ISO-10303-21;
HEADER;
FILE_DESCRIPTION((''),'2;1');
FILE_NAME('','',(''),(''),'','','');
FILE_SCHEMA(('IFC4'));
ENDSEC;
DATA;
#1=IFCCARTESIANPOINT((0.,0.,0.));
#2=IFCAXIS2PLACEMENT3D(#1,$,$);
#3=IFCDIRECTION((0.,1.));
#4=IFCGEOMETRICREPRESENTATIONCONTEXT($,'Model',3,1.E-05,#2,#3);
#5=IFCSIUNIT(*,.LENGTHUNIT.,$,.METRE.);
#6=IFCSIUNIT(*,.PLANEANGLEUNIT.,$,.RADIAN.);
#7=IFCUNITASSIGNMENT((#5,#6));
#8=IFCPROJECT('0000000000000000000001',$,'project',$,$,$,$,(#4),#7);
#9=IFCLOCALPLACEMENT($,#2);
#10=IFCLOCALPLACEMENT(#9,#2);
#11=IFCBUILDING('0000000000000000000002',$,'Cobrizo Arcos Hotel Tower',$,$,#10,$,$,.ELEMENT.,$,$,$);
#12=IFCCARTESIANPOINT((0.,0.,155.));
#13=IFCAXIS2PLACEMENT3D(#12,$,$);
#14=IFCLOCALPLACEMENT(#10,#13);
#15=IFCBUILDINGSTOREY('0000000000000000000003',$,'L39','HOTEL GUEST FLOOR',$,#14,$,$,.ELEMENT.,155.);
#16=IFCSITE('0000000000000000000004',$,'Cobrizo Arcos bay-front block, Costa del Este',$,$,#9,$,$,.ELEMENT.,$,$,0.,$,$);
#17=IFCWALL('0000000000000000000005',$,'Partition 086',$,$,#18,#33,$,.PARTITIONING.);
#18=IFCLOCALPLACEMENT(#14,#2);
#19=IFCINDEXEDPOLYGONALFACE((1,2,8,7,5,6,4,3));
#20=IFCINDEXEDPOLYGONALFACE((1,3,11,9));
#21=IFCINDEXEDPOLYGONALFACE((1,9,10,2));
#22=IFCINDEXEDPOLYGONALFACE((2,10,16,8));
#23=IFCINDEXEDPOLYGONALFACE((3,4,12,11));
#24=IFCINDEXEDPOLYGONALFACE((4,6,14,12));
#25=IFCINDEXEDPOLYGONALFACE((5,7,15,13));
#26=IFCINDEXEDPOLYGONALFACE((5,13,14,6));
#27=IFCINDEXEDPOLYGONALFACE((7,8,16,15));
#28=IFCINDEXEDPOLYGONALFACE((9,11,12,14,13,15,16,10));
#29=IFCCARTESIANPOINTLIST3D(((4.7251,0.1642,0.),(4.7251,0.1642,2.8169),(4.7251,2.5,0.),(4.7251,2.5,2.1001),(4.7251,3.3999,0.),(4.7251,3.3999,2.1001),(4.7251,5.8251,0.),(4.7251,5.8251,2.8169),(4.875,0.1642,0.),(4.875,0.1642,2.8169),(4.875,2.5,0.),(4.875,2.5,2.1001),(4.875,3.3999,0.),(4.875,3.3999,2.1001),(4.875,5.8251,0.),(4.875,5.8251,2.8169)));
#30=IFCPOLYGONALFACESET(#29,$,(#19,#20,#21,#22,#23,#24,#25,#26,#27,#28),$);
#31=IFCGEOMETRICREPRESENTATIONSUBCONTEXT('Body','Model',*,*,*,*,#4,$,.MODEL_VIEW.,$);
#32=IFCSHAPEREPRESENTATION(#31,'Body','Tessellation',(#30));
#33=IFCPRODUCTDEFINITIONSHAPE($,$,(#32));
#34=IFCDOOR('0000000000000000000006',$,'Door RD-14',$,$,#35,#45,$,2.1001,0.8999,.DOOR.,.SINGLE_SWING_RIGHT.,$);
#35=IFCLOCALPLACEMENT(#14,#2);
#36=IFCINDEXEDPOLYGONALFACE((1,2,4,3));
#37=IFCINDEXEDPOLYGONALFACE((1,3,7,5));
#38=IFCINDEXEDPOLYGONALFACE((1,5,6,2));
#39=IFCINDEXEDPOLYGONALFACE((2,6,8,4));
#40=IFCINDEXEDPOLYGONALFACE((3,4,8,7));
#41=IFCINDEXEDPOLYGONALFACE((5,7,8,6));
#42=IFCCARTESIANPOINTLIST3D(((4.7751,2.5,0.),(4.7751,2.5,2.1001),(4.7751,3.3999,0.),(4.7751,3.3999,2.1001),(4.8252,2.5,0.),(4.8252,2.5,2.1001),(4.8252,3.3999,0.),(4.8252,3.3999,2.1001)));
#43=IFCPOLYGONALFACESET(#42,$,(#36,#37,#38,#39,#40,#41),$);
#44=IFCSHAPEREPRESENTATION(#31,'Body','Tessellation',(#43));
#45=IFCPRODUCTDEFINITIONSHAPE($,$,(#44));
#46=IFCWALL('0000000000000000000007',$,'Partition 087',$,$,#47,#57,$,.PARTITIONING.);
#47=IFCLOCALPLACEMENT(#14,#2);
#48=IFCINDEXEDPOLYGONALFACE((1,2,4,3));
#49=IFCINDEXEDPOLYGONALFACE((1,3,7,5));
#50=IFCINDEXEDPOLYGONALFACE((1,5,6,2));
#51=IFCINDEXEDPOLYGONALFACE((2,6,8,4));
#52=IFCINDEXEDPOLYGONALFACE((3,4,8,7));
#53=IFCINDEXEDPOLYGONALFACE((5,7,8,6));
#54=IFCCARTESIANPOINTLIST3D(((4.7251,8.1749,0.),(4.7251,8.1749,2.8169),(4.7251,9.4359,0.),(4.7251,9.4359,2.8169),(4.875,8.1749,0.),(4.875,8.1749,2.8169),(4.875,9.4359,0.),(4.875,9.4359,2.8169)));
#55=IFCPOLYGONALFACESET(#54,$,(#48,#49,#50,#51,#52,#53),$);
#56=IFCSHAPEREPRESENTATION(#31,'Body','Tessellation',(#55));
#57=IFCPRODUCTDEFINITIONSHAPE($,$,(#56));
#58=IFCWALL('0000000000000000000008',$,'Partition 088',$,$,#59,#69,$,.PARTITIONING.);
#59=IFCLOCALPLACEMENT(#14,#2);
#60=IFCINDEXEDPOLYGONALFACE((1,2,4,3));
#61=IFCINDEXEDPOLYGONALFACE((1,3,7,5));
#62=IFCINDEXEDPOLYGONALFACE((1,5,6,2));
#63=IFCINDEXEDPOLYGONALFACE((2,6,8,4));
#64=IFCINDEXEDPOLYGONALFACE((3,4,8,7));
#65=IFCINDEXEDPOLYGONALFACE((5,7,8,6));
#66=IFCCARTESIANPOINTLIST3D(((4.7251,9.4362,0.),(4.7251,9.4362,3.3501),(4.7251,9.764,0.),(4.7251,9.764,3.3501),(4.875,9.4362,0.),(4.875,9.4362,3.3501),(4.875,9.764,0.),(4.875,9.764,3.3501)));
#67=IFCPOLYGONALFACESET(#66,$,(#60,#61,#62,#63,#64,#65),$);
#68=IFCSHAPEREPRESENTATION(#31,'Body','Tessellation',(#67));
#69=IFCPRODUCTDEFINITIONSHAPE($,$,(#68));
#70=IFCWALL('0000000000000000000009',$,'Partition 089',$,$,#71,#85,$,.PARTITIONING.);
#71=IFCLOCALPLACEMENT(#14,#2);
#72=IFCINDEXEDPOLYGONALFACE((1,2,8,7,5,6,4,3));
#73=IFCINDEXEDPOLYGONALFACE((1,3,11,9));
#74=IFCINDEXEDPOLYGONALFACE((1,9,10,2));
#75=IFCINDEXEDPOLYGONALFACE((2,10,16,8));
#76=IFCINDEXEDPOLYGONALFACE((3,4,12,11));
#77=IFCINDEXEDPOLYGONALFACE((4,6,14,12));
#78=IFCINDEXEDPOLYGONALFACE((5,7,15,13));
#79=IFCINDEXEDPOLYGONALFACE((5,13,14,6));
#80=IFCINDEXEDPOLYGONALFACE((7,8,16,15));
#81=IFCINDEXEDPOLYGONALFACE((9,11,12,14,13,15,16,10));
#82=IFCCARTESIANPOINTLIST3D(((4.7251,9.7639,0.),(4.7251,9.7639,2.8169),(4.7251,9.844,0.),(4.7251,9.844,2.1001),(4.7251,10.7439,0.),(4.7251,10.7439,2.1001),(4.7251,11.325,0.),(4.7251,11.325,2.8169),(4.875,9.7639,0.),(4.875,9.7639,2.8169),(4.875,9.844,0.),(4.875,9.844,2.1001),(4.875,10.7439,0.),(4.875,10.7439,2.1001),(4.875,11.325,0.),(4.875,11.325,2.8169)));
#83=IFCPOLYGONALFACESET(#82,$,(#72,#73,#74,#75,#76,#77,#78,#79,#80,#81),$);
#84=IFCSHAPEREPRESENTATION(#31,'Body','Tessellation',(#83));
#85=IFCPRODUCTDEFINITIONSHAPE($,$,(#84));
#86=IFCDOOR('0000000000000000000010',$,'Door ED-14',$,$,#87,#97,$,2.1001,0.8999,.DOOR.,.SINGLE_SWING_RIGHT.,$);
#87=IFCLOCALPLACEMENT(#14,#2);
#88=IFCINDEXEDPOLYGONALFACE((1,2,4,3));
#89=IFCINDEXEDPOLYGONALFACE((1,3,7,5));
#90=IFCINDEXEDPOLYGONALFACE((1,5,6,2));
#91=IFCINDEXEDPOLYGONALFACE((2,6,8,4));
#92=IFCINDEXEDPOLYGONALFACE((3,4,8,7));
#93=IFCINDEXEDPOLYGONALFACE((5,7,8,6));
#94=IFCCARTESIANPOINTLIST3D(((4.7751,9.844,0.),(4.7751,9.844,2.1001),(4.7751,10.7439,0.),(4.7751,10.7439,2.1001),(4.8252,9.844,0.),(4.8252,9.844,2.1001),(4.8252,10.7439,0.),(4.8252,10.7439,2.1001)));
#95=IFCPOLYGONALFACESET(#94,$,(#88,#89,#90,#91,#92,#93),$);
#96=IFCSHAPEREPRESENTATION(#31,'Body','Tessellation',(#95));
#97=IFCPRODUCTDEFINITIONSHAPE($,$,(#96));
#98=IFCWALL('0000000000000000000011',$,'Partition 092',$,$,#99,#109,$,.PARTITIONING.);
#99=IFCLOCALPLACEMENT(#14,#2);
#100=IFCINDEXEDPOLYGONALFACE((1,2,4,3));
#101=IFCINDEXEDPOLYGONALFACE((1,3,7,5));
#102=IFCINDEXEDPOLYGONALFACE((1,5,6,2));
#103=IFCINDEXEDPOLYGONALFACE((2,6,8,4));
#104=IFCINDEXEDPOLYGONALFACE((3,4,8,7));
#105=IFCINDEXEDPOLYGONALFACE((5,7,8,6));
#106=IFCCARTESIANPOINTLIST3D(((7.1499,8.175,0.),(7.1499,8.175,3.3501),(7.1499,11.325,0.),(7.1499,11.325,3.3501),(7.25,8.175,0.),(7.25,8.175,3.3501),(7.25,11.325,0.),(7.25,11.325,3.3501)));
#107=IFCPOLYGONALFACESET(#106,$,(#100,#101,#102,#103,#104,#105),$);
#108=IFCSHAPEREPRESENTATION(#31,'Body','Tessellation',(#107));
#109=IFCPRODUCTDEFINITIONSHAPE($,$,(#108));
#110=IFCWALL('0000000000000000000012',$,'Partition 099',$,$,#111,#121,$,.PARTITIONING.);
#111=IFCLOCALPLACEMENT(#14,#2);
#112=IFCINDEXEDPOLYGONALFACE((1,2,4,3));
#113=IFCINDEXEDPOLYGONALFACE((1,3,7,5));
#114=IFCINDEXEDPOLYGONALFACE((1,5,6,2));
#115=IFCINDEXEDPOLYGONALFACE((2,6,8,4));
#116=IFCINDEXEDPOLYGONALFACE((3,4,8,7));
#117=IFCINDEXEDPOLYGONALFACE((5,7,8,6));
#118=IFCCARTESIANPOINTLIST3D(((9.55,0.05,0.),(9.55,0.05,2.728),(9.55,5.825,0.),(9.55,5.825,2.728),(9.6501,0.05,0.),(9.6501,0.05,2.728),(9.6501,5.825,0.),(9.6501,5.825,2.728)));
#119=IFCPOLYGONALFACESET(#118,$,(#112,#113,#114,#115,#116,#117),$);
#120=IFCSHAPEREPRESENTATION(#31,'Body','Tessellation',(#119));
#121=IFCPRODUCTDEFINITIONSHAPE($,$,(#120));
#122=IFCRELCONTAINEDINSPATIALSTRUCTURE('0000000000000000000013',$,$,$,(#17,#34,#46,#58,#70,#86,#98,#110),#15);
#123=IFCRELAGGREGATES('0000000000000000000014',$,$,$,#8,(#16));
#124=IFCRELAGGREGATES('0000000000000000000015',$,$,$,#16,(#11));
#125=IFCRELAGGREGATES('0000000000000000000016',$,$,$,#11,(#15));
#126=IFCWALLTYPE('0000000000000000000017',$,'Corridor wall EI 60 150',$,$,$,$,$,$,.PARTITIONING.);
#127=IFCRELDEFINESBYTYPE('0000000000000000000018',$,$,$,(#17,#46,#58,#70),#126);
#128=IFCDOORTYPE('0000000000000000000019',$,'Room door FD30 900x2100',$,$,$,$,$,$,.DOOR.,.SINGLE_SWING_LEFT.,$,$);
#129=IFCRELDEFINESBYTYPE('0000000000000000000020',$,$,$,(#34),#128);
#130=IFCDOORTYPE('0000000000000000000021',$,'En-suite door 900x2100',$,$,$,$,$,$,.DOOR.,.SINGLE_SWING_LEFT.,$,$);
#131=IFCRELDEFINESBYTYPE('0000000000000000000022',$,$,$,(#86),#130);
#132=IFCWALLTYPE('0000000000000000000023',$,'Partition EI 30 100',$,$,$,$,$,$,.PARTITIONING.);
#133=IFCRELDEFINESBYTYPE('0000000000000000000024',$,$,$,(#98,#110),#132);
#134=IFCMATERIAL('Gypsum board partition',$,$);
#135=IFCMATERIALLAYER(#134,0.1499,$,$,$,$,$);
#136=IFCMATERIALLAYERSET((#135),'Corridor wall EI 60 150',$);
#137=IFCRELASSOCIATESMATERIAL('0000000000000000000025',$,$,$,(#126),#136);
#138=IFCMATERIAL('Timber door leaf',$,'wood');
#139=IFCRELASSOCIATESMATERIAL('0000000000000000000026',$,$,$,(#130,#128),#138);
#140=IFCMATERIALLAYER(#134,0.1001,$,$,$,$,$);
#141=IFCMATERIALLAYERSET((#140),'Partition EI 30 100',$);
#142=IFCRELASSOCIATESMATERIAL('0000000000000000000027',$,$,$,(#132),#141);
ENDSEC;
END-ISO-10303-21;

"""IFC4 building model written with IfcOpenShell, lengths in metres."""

from ifc_helpers import new_model, si_unit, direction, frame, frame_2d, origin, place, context, subcontext, project, spatial, rectangle, extrude, material, layer, layer_set, type_object, element, fill, save


model = new_model("IFC4")

# Units and contexts
model_context = context("Model", 3, precision=1e-05, world=origin(), true_north=direction((0.0, 1.0)))
body_context = subcontext(model_context, "Body", "Model", "MODEL_VIEW")
ifc_project = project(units=[si_unit("LENGTHUNIT", "METRE"), si_unit("PLANEANGLEUNIT", "RADIAN")], contexts=[model_context])

# Site, building, storey
site_placement = place(None, origin())
site = spatial("IfcSite", under=ifc_project, at=site_placement, Name="Cobrizo Arcos bay-front block, Costa del Este", CompositionType="ELEMENT", RefElevation=0.0)
building_placement = place(site_placement, origin())
building = spatial("IfcBuilding", under=site, at=building_placement, Name="Cobrizo Arcos Hotel Tower", CompositionType="ELEMENT")
storey_placement = place(building_placement, frame((0.0, 0.0, 155.0)))
storey = spatial("IfcBuildingStorey", under=building, at=storey_placement, Name="L39", Description="HOTEL GUEST FLOOR", CompositionType="ELEMENT", Elevation=155.0)

# Shared definitions
ifc_material_1 = material(Name="Gypsum board partition")
ifc_layer_1 = layer(ifc_material_1, 0.1499)
ifc_layer_set_1 = layer_set([ifc_layer_1], Name="Corridor wall EI 60 150")
wall_type_1 = type_object("IfcWallType", Name="Corridor wall EI 60 150", PredefinedType="PARTITIONING", material=ifc_layer_set_1)

# Shared definitions
ifc_material_2 = material(Name="Timber door leaf", Category="wood")
door_type_1 = type_object("IfcDoorType", Name="En-suite door 900x2100", OperationType="SINGLE_SWING_LEFT", PredefinedType="DOOR", material=ifc_material_2)
door_type_2 = type_object("IfcDoorType", Name="Room door FD30 900x2100", OperationType="SINGLE_SWING_LEFT", PredefinedType="DOOR", material=ifc_material_2)

# Wall, opening, door
wall_1_placement = place(storey_placement, frame((4.8, 0.1641, 0.0), z_axis=(0.0, 0.0, 1.0), x_axis=(0.0, 1.0, 0.0)))
wall_1 = element("IfcWall", 1, at=wall_1_placement, inside=storey, type_object=wall_type_1, Name="Partition 086", PredefinedType="PARTITIONING", context=body_context, shape_type="SweptSolid", body=[
    extrude(rectangle(XDim=5.6609, YDim=0.1499, at=frame_2d((2.8306, 0.0))), origin(), (0.0, 0.0, 1.0), 2.8169),
])
opening_1_placement = place(wall_1_placement, frame((2.3359, 0.0, 0.0)))
opening_1 = element("IfcOpeningElement", 2, at=opening_1_placement, cuts=wall_1, PredefinedType="OPENING", context=body_context, shape_type="SweptSolid", body=[
    extrude(rectangle(XDim=0.8999, YDim=2.1001, at=frame_2d((0.45, 1.05))), frame((0.0, 0.0869, 0.0), z_axis=(0.0, -1.0, 0.0), x_axis=(1.0, 0.0, 0.0)), (0.0, 0.0, 1.0), 0.1738),
])
door_1_placement = place(opening_1_placement, origin())
door_1 = element("IfcDoor", 3, at=door_1_placement, inside=storey, type_object=door_type_2, Name="Door RD-14", OperationType="SINGLE_SWING_RIGHT", OverallHeight=2.1001, OverallWidth=0.8999, PredefinedType="DOOR", context=body_context, shape_type="SweptSolid", body=[
    extrude(rectangle(XDim=0.8999, YDim=2.1001, at=frame_2d((0.45, 1.05))), frame((0.0, 0.0249, 0.0), z_axis=(0.0, -1.0, 0.0), x_axis=(1.0, 0.0, 0.0)), (0.0, 0.0, 1.0), 0.05),
])
fill(opening_1, door_1)

# Walls
wall_2_placement = place(storey_placement, frame((4.8, 8.175, 0.0), z_axis=(0.0, 0.0, 1.0), x_axis=(0.0, 1.0, 0.0)))
element("IfcWall", 4, at=wall_2_placement, inside=storey, type_object=wall_type_1, Name="Partition 087", PredefinedType="PARTITIONING", context=body_context, shape_type="SweptSolid", body=[
    extrude(rectangle(XDim=1.261, YDim=0.1499, at=frame_2d((0.6304, 0.0))), origin(), (0.0, 0.0, 1.0), 2.8169),
])
wall_3_placement = place(storey_placement, frame((4.8, 9.436, 0.0), z_axis=(0.0, 0.0, 1.0), x_axis=(0.0, 1.0, 0.0)))
element("IfcWall", 5, at=wall_3_placement, inside=storey, type_object=wall_type_1, Name="Partition 088", PredefinedType="PARTITIONING", context=body_context, shape_type="SweptSolid", body=[
    extrude(rectangle(XDim=0.3279, YDim=0.1499, at=frame_2d((0.1641, 0.0))), origin(), (0.0, 0.0, 1.0), 3.3501),
])

# Wall, opening, door
wall_4_placement = place(storey_placement, frame((4.8, 9.7639, 0.0), z_axis=(0.0, 0.0, 1.0), x_axis=(0.0, 1.0, 0.0)))
wall_4 = element("IfcWall", 6, at=wall_4_placement, inside=storey, type_object=wall_type_1, Name="Partition 089", PredefinedType="PARTITIONING", context=body_context, shape_type="SweptSolid", body=[
    extrude(rectangle(XDim=1.561, YDim=0.1499, at=frame_2d((0.7805, 0.0))), origin(), (0.0, 0.0, 1.0), 2.8169),
])
opening_2_placement = place(wall_4_placement, frame((0.0801, 0.0, 0.0)))
opening_2 = element("IfcOpeningElement", 7, at=opening_2_placement, cuts=wall_4, PredefinedType="OPENING", context=body_context, shape_type="SweptSolid", body=[
    extrude(rectangle(XDim=0.8999, YDim=2.1001, at=frame_2d((0.45, 1.05))), frame((0.0, 0.0869, 0.0), z_axis=(0.0, -1.0, 0.0), x_axis=(1.0, 0.0, 0.0)), (0.0, 0.0, 1.0), 0.1738),
])
door_2_placement = place(opening_2_placement, origin())
door_2 = element("IfcDoor", 8, at=door_2_placement, inside=storey, type_object=door_type_1, Name="Door ED-14", OperationType="SINGLE_SWING_RIGHT", OverallHeight=2.1001, OverallWidth=0.8999, PredefinedType="DOOR", context=body_context, shape_type="SweptSolid", body=[
    extrude(rectangle(XDim=0.8999, YDim=2.1001, at=frame_2d((0.45, 1.05))), frame((0.0, 0.0249, 0.0), z_axis=(0.0, -1.0, 0.0), x_axis=(1.0, 0.0, 0.0)), (0.0, 0.0, 1.0), 0.05),
])
fill(opening_2, door_2)

# Walls
ifc_layer_2 = layer(ifc_material_1, 0.1001)
ifc_layer_set_2 = layer_set([ifc_layer_2], Name="Partition EI 30 100")
wall_type_2 = type_object("IfcWallType", Name="Partition EI 30 100", PredefinedType="PARTITIONING", material=ifc_layer_set_2)
wall_5_placement = place(storey_placement, frame((7.2, 8.175, 0.0), z_axis=(0.0, 0.0, 1.0), x_axis=(0.0, 1.0, 0.0)))
element("IfcWall", 9, at=wall_5_placement, inside=storey, type_object=wall_type_2, Name="Partition 092", PredefinedType="PARTITIONING", context=body_context, shape_type="SweptSolid", body=[
    extrude(rectangle(XDim=3.1499, YDim=0.1001, at=frame_2d((1.575, 0.0))), origin(), (0.0, 0.0, 1.0), 3.3501),
])
wall_6_placement = place(storey_placement, frame((9.6001, 0.05, 0.0), z_axis=(0.0, 0.0, 1.0), x_axis=(0.0, 1.0, 0.0)))
element("IfcWall", 10, at=wall_6_placement, inside=storey, type_object=wall_type_2, Name="Partition 099", PredefinedType="PARTITIONING", context=body_context, shape_type="SweptSolid", body=[
    extrude(rectangle(XDim=5.7749, YDim=0.1001, at=frame_2d((2.8875, 0.0))), origin(), (0.0, 0.0, 1.0), 2.728),
])

save(model, "model.ifc")
